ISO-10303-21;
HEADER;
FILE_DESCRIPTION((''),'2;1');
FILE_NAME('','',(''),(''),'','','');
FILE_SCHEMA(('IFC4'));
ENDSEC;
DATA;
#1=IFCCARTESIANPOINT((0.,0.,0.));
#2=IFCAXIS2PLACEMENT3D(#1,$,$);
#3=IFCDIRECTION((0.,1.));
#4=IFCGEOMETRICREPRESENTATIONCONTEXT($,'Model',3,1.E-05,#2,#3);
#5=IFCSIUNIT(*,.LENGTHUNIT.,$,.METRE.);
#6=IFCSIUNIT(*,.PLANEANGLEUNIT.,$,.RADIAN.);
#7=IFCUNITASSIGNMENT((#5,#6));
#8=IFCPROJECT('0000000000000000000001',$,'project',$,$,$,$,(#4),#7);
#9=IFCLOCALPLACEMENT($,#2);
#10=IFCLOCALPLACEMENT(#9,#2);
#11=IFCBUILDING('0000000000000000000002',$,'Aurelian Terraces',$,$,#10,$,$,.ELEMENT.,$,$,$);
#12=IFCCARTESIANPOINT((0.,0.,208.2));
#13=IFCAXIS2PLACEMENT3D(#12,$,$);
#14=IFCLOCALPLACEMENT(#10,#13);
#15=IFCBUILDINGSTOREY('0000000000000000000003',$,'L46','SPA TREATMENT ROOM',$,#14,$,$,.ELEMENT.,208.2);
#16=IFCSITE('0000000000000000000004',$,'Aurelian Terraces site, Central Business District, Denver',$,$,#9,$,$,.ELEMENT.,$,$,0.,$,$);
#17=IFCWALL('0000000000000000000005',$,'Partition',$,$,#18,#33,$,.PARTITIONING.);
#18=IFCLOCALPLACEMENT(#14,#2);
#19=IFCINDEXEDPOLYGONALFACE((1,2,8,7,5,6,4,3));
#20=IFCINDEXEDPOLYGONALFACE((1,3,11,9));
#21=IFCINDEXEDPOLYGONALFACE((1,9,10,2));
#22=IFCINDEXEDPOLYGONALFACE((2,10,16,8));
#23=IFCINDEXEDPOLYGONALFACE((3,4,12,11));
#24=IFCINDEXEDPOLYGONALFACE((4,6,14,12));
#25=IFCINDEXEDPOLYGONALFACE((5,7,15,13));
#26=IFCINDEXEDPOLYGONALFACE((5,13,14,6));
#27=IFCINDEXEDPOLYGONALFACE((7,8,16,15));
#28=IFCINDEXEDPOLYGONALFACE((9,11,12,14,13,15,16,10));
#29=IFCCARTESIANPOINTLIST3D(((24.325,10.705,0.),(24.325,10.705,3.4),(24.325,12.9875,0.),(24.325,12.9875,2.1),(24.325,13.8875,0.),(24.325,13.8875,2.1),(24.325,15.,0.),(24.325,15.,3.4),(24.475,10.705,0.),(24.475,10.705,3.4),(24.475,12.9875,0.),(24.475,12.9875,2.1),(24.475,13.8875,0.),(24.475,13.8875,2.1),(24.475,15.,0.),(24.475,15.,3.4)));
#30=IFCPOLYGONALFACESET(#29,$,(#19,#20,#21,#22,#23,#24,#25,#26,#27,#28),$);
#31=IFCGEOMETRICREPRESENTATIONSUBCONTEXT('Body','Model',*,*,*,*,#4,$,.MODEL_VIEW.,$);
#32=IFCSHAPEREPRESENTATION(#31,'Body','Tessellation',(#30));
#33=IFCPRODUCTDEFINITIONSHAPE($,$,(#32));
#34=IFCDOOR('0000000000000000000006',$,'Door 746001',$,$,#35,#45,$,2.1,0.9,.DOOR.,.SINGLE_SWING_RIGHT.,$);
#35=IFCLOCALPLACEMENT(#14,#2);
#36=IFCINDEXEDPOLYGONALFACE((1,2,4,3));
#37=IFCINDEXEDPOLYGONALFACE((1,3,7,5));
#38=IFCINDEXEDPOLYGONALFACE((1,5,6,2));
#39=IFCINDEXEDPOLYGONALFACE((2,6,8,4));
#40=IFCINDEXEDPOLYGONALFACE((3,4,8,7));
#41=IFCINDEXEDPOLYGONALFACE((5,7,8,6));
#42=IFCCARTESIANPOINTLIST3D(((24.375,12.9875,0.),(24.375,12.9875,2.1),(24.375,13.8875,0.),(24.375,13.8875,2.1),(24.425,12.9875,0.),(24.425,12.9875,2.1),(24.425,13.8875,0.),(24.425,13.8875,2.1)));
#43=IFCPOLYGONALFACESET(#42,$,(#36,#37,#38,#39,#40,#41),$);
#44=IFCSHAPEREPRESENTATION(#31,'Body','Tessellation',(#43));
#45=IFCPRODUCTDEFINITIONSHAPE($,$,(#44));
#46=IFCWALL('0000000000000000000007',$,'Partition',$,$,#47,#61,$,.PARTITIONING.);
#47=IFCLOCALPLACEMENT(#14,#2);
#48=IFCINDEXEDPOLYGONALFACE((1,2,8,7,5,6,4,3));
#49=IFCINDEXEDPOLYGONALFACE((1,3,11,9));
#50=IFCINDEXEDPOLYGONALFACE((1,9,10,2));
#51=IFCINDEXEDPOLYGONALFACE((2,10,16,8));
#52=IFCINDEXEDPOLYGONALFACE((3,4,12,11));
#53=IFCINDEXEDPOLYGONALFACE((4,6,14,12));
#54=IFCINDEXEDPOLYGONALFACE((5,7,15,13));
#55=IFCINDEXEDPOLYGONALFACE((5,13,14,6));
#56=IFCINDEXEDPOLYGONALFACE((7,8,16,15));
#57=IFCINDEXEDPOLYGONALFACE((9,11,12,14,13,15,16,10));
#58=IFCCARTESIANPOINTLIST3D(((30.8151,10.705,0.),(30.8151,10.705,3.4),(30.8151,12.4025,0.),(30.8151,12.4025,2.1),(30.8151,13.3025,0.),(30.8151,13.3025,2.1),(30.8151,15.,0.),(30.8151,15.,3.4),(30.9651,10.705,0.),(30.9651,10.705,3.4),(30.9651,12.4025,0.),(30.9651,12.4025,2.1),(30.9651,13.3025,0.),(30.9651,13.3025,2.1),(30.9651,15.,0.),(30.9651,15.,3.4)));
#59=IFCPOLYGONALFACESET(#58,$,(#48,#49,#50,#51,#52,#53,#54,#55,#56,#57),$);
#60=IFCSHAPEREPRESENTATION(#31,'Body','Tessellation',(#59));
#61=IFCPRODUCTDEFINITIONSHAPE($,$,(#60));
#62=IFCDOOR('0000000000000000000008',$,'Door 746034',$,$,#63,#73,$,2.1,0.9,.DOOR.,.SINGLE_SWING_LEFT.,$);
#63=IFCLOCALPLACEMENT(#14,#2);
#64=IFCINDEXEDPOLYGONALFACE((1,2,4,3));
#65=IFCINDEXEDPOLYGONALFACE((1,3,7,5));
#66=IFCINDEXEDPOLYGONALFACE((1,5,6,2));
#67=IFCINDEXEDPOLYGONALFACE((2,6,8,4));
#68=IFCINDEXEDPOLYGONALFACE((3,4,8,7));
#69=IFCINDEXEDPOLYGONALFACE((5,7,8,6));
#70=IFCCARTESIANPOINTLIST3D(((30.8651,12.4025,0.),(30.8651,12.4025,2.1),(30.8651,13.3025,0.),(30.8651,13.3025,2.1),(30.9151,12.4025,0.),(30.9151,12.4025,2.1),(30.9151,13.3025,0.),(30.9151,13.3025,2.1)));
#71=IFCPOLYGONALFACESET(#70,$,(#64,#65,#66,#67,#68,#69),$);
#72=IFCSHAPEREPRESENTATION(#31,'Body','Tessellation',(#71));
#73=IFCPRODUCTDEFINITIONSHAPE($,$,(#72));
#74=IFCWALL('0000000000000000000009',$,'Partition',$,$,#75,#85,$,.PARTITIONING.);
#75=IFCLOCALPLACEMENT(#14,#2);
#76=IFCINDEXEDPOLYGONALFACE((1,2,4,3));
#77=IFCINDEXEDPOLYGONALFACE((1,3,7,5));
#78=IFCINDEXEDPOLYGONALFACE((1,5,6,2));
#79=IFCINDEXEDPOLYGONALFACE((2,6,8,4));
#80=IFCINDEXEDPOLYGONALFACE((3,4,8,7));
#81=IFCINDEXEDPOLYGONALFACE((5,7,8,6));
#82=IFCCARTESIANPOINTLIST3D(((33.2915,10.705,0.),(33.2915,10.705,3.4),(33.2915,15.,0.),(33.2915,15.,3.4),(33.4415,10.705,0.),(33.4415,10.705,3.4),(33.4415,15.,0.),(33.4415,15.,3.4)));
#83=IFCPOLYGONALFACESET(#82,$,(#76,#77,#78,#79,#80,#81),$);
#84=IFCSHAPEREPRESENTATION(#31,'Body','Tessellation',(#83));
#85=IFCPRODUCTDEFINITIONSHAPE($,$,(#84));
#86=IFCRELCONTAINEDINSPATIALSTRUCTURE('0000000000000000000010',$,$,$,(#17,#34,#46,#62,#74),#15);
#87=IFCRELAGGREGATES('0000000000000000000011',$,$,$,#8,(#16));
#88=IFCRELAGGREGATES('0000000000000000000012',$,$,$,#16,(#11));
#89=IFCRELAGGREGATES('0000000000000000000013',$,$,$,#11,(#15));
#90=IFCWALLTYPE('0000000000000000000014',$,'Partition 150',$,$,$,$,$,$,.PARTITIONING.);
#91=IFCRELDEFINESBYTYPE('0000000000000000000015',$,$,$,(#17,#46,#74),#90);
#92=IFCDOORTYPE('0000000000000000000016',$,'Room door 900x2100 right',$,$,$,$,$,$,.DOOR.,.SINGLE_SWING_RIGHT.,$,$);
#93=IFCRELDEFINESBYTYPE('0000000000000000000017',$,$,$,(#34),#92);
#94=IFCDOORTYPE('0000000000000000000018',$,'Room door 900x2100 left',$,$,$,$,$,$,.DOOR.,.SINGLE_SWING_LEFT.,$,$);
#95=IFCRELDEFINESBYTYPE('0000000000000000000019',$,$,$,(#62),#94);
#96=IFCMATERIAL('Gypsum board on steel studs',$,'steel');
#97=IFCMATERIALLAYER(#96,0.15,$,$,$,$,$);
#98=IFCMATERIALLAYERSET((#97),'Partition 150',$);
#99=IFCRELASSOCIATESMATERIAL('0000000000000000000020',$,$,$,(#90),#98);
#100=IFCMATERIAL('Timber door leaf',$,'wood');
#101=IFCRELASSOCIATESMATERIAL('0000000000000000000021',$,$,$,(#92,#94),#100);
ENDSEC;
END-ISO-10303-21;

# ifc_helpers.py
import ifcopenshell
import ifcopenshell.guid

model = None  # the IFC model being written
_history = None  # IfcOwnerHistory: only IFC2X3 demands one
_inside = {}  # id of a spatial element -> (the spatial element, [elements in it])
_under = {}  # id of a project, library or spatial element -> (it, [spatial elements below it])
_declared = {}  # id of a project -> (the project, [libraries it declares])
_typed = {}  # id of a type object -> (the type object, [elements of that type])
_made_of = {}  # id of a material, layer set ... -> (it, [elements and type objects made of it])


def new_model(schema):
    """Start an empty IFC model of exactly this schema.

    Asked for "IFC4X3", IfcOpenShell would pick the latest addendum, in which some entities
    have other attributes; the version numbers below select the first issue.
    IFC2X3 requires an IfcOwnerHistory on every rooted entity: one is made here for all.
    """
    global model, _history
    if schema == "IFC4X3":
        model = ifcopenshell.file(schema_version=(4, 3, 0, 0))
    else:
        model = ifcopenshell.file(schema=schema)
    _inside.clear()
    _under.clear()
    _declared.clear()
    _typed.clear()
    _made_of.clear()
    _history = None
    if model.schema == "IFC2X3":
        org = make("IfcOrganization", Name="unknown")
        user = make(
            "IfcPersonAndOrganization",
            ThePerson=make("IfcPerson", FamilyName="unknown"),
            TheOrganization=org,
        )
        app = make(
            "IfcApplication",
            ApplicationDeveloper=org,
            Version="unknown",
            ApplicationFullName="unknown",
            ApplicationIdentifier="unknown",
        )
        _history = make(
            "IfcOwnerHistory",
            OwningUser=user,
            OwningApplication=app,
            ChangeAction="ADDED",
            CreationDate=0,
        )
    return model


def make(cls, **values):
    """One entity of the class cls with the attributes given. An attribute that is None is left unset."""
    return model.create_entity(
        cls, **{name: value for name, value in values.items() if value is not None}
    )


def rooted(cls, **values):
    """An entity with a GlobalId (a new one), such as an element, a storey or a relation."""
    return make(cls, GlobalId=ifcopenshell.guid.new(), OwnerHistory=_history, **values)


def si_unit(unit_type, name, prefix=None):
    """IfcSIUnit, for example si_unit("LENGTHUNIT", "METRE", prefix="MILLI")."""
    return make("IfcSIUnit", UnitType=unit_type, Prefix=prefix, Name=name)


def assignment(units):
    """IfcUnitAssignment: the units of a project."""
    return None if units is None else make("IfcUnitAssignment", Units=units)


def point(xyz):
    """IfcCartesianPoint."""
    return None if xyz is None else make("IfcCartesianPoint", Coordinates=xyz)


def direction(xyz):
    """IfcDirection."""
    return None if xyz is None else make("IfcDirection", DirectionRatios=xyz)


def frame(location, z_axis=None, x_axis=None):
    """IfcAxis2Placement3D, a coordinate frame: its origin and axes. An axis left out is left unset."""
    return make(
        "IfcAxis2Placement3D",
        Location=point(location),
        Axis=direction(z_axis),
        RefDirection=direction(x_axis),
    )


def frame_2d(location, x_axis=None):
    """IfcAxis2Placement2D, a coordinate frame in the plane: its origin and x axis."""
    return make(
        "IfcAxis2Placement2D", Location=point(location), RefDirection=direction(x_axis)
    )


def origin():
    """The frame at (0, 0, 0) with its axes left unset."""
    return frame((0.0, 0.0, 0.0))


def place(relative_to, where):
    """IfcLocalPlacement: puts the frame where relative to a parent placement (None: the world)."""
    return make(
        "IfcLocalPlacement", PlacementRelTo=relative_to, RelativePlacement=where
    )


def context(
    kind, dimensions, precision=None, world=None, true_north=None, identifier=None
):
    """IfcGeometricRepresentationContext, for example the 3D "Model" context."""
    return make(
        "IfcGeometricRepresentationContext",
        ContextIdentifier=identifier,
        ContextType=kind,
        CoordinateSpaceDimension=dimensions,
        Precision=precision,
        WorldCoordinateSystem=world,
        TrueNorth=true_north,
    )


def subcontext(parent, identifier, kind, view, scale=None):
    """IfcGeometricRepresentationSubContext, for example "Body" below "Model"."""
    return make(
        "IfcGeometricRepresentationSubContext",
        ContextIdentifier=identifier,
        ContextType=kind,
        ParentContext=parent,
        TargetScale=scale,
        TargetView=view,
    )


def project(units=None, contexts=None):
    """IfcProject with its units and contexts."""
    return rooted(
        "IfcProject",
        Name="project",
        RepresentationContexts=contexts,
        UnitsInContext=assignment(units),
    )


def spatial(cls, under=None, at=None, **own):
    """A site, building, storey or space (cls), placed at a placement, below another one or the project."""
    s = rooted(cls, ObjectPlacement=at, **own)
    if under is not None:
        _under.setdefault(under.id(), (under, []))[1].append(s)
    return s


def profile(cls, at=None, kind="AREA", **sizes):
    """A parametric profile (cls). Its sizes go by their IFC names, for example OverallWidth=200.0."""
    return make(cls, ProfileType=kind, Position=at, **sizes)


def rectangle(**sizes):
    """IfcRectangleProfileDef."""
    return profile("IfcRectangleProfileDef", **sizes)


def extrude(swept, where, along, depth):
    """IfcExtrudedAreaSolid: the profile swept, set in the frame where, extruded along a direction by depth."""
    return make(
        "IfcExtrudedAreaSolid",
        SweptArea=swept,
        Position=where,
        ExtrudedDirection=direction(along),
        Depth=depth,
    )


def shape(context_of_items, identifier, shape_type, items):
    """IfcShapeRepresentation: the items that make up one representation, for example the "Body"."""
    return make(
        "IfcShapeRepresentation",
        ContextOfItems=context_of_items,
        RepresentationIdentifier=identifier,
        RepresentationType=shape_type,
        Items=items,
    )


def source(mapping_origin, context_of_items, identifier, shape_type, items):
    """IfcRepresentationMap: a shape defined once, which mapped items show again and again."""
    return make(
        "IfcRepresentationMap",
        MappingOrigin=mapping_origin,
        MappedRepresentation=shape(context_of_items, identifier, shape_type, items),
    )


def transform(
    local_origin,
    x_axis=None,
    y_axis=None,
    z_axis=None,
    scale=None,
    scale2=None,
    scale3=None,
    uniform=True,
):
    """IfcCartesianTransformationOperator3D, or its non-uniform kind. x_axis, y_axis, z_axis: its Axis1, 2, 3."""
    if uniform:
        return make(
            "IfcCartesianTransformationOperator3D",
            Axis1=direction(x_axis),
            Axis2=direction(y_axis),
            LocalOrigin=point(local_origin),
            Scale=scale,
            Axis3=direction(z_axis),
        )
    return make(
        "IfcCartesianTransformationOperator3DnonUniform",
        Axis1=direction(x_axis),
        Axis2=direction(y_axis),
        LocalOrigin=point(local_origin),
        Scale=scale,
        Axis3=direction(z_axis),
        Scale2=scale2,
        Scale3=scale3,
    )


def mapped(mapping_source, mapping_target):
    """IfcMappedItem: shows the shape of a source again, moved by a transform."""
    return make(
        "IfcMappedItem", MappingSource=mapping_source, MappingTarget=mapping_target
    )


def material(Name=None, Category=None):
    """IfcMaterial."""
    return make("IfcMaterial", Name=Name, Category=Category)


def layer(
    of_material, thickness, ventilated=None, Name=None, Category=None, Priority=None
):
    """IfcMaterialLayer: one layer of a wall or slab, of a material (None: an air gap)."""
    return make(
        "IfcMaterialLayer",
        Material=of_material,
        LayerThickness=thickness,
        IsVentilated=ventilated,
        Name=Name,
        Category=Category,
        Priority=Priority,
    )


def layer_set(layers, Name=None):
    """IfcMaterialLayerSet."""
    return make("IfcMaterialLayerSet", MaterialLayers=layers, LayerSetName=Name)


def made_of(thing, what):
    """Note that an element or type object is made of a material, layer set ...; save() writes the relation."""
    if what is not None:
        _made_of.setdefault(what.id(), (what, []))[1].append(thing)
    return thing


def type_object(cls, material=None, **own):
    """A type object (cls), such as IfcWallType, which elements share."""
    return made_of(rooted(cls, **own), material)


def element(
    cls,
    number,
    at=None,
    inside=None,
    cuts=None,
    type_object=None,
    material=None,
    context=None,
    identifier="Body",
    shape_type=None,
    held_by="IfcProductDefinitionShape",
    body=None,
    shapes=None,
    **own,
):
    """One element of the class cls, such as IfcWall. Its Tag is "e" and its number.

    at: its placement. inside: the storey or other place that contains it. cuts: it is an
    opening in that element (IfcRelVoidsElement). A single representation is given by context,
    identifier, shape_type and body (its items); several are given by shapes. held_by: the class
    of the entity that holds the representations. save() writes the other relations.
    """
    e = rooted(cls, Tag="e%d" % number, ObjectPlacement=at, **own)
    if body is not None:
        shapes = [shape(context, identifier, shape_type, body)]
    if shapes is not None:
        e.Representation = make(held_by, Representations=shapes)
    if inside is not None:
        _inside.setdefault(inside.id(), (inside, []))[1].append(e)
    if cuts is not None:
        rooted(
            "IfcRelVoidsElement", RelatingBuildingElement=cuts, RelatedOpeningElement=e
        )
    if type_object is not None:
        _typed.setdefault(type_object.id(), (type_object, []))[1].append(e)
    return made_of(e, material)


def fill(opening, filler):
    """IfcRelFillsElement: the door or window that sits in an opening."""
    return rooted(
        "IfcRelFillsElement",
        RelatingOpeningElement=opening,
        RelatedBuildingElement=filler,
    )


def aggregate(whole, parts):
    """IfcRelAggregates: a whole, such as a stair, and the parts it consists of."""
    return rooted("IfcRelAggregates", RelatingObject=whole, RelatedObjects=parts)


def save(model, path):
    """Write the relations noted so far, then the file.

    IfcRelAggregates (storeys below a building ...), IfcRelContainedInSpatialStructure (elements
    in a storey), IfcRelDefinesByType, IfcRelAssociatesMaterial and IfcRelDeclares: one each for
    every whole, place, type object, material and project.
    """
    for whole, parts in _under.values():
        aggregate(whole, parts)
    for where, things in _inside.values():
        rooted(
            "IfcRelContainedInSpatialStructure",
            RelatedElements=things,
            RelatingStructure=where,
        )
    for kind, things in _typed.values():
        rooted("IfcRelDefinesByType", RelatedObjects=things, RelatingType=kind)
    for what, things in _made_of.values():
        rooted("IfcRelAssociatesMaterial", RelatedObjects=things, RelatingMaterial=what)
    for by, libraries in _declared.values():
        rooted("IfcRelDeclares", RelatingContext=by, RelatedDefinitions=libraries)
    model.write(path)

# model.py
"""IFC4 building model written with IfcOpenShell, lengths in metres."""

from ifc_helpers import new_model, si_unit, direction, frame, frame_2d, origin, place, context, subcontext, project, spatial, rectangle, extrude, source, transform, mapped, material, layer, layer_set, type_object, element, fill, save


model = new_model("IFC4")

# Units and contexts
model_context = context("Model", 3, precision=1e-05, world=origin(), true_north=direction((0.0, 1.0)))
body_context = subcontext(model_context, "Body", "Model", "MODEL_VIEW")
ifc_project = project(units=[si_unit("LENGTHUNIT", "METRE"), si_unit("PLANEANGLEUNIT", "RADIAN")], contexts=[model_context])

# Site, building, storey
site_placement = place(None, origin())
site = spatial("IfcSite", under=ifc_project, at=site_placement, Name="Aurelian Terraces site, Central Business District, Denver", CompositionType="ELEMENT", RefElevation=0.0)
building_placement = place(site_placement, origin())
building = spatial("IfcBuilding", under=site, at=building_placement, Name="Aurelian Terraces", CompositionType="ELEMENT")
storey_placement = place(building_placement, frame((0.0, 0.0, 208.2)))
storey = spatial("IfcBuildingStorey", under=building, at=storey_placement, Name="L46", Description="SPA TREATMENT ROOM", CompositionType="ELEMENT", Elevation=208.2)

# Shared definitions
ifc_material_1 = material(Name="Gypsum board on steel studs", Category="steel")
ifc_layer_1 = layer(ifc_material_1, 0.15)
ifc_layer_set_1 = layer_set([ifc_layer_1], Name="Partition 150")
wall_type_1 = type_object("IfcWallType", Name="Partition 150", PredefinedType="PARTITIONING", material=ifc_layer_set_1)

# Walls, openings, doors
shared_shape_1 = source(origin(), body_context, "Body", "SweptSolid", [
    extrude(rectangle(XDim=4.295, YDim=0.15, at=frame_2d((2.1475, 0.0))), origin(), (0.0, 0.0, 1.0), 3.4),
])
wall_1_placement = place(storey_placement, frame((24.4, 15.0, 0.0), z_axis=(0.0, 0.0, 1.0), x_axis=(0.0, -1.0, 0.0)))
wall_1 = element("IfcWall", 1, at=wall_1_placement, inside=storey, type_object=wall_type_1, Name="Partition", PredefinedType="PARTITIONING", context=body_context, shape_type="MappedRepresentation", body=[
    mapped(shared_shape_1, transform((0.0, 0.0, 0.0), scale=1.0)),
])
shared_shape_2 = source(origin(), body_context, "Body", "SweptSolid", [
    extrude(rectangle(XDim=0.9, YDim=2.1, at=frame_2d((0.45, 1.05))), frame((0.0, 0.085, 0.0), z_axis=(0.0, -1.0, 0.0), x_axis=(1.0, 0.0, 0.0)), (0.0, 0.0, 1.0), 0.17),
])
opening_1_placement = place(wall_1_placement, frame((1.1125, 0.0, 0.0)))
opening_1 = element("IfcOpeningElement", 2, at=opening_1_placement, cuts=wall_1, PredefinedType="OPENING", context=body_context, shape_type="MappedRepresentation", body=[
    mapped(shared_shape_2, transform((0.0, 0.0, 0.0), scale=1.0)),
])
ifc_material_2 = material(Name="Timber door leaf", Category="wood")
door_type_1 = type_object("IfcDoorType", Name="Room door 900x2100 right", OperationType="SINGLE_SWING_RIGHT", PredefinedType="DOOR", material=ifc_material_2)
shared_shape_3 = source(origin(), body_context, "Body", "SweptSolid", [
    extrude(rectangle(XDim=0.9, YDim=2.1, at=frame_2d((0.45, 1.05))), frame((0.0, 0.025, 0.0), z_axis=(0.0, -1.0, 0.0), x_axis=(1.0, 0.0, 0.0)), (0.0, 0.0, 1.0), 0.05),
])
door_1_placement = place(opening_1_placement, origin())
door_1 = element("IfcDoor", 3, at=door_1_placement, inside=storey, type_object=door_type_1, Name="Door 746001", OperationType="SINGLE_SWING_RIGHT", OverallHeight=2.1, OverallWidth=0.9, PredefinedType="DOOR", context=body_context, shape_type="MappedRepresentation", body=[
    mapped(shared_shape_3, transform((0.0, 0.0, 0.0), scale=1.0)),
])
fill(opening_1, door_1)
wall_2_placement = place(storey_placement, frame((30.8901, 10.705, 0.0), z_axis=(0.0, 0.0, 1.0), x_axis=(0.0, 1.0, 0.0)))
wall_2 = element("IfcWall", 4, at=wall_2_placement, inside=storey, type_object=wall_type_1, Name="Partition", PredefinedType="PARTITIONING", context=body_context, shape_type="MappedRepresentation", body=[
    mapped(shared_shape_1, transform((0.0, 0.0, 0.0), scale=1.0)),
])
opening_2_placement = place(wall_2_placement, frame((1.6975, 0.0, 0.0)))
opening_2 = element("IfcOpeningElement", 5, at=opening_2_placement, cuts=wall_2, PredefinedType="OPENING", context=body_context, shape_type="MappedRepresentation", body=[
    mapped(shared_shape_2, transform((0.0, 0.0, 0.0), scale=1.0)),
])
door_type_2 = type_object("IfcDoorType", Name="Room door 900x2100 left", OperationType="SINGLE_SWING_LEFT", PredefinedType="DOOR", material=ifc_material_2)
door_2_placement = place(opening_2_placement, origin())
door_2 = element("IfcDoor", 6, at=door_2_placement, inside=storey, type_object=door_type_2, Name="Door 746034", OperationType="SINGLE_SWING_LEFT", OverallHeight=2.1, OverallWidth=0.9, PredefinedType="DOOR", context=body_context, shape_type="MappedRepresentation", body=[
    mapped(shared_shape_3, transform((0.0, 0.0, 0.0), scale=1.0)),
])
fill(opening_2, door_2)

# Wall
wall_3_placement = place(storey_placement, frame((33.3665, 10.705, 0.0), z_axis=(0.0, 0.0, 1.0), x_axis=(0.0, 1.0, 0.0)))
element("IfcWall", 7, at=wall_3_placement, inside=storey, type_object=wall_type_1, Name="Partition", PredefinedType="PARTITIONING", context=body_context, shape_type="MappedRepresentation", body=[
    mapped(shared_shape_1, transform((0.0, 0.0, 0.0), scale=1.0)),
])

save(model, "model.ifc")
